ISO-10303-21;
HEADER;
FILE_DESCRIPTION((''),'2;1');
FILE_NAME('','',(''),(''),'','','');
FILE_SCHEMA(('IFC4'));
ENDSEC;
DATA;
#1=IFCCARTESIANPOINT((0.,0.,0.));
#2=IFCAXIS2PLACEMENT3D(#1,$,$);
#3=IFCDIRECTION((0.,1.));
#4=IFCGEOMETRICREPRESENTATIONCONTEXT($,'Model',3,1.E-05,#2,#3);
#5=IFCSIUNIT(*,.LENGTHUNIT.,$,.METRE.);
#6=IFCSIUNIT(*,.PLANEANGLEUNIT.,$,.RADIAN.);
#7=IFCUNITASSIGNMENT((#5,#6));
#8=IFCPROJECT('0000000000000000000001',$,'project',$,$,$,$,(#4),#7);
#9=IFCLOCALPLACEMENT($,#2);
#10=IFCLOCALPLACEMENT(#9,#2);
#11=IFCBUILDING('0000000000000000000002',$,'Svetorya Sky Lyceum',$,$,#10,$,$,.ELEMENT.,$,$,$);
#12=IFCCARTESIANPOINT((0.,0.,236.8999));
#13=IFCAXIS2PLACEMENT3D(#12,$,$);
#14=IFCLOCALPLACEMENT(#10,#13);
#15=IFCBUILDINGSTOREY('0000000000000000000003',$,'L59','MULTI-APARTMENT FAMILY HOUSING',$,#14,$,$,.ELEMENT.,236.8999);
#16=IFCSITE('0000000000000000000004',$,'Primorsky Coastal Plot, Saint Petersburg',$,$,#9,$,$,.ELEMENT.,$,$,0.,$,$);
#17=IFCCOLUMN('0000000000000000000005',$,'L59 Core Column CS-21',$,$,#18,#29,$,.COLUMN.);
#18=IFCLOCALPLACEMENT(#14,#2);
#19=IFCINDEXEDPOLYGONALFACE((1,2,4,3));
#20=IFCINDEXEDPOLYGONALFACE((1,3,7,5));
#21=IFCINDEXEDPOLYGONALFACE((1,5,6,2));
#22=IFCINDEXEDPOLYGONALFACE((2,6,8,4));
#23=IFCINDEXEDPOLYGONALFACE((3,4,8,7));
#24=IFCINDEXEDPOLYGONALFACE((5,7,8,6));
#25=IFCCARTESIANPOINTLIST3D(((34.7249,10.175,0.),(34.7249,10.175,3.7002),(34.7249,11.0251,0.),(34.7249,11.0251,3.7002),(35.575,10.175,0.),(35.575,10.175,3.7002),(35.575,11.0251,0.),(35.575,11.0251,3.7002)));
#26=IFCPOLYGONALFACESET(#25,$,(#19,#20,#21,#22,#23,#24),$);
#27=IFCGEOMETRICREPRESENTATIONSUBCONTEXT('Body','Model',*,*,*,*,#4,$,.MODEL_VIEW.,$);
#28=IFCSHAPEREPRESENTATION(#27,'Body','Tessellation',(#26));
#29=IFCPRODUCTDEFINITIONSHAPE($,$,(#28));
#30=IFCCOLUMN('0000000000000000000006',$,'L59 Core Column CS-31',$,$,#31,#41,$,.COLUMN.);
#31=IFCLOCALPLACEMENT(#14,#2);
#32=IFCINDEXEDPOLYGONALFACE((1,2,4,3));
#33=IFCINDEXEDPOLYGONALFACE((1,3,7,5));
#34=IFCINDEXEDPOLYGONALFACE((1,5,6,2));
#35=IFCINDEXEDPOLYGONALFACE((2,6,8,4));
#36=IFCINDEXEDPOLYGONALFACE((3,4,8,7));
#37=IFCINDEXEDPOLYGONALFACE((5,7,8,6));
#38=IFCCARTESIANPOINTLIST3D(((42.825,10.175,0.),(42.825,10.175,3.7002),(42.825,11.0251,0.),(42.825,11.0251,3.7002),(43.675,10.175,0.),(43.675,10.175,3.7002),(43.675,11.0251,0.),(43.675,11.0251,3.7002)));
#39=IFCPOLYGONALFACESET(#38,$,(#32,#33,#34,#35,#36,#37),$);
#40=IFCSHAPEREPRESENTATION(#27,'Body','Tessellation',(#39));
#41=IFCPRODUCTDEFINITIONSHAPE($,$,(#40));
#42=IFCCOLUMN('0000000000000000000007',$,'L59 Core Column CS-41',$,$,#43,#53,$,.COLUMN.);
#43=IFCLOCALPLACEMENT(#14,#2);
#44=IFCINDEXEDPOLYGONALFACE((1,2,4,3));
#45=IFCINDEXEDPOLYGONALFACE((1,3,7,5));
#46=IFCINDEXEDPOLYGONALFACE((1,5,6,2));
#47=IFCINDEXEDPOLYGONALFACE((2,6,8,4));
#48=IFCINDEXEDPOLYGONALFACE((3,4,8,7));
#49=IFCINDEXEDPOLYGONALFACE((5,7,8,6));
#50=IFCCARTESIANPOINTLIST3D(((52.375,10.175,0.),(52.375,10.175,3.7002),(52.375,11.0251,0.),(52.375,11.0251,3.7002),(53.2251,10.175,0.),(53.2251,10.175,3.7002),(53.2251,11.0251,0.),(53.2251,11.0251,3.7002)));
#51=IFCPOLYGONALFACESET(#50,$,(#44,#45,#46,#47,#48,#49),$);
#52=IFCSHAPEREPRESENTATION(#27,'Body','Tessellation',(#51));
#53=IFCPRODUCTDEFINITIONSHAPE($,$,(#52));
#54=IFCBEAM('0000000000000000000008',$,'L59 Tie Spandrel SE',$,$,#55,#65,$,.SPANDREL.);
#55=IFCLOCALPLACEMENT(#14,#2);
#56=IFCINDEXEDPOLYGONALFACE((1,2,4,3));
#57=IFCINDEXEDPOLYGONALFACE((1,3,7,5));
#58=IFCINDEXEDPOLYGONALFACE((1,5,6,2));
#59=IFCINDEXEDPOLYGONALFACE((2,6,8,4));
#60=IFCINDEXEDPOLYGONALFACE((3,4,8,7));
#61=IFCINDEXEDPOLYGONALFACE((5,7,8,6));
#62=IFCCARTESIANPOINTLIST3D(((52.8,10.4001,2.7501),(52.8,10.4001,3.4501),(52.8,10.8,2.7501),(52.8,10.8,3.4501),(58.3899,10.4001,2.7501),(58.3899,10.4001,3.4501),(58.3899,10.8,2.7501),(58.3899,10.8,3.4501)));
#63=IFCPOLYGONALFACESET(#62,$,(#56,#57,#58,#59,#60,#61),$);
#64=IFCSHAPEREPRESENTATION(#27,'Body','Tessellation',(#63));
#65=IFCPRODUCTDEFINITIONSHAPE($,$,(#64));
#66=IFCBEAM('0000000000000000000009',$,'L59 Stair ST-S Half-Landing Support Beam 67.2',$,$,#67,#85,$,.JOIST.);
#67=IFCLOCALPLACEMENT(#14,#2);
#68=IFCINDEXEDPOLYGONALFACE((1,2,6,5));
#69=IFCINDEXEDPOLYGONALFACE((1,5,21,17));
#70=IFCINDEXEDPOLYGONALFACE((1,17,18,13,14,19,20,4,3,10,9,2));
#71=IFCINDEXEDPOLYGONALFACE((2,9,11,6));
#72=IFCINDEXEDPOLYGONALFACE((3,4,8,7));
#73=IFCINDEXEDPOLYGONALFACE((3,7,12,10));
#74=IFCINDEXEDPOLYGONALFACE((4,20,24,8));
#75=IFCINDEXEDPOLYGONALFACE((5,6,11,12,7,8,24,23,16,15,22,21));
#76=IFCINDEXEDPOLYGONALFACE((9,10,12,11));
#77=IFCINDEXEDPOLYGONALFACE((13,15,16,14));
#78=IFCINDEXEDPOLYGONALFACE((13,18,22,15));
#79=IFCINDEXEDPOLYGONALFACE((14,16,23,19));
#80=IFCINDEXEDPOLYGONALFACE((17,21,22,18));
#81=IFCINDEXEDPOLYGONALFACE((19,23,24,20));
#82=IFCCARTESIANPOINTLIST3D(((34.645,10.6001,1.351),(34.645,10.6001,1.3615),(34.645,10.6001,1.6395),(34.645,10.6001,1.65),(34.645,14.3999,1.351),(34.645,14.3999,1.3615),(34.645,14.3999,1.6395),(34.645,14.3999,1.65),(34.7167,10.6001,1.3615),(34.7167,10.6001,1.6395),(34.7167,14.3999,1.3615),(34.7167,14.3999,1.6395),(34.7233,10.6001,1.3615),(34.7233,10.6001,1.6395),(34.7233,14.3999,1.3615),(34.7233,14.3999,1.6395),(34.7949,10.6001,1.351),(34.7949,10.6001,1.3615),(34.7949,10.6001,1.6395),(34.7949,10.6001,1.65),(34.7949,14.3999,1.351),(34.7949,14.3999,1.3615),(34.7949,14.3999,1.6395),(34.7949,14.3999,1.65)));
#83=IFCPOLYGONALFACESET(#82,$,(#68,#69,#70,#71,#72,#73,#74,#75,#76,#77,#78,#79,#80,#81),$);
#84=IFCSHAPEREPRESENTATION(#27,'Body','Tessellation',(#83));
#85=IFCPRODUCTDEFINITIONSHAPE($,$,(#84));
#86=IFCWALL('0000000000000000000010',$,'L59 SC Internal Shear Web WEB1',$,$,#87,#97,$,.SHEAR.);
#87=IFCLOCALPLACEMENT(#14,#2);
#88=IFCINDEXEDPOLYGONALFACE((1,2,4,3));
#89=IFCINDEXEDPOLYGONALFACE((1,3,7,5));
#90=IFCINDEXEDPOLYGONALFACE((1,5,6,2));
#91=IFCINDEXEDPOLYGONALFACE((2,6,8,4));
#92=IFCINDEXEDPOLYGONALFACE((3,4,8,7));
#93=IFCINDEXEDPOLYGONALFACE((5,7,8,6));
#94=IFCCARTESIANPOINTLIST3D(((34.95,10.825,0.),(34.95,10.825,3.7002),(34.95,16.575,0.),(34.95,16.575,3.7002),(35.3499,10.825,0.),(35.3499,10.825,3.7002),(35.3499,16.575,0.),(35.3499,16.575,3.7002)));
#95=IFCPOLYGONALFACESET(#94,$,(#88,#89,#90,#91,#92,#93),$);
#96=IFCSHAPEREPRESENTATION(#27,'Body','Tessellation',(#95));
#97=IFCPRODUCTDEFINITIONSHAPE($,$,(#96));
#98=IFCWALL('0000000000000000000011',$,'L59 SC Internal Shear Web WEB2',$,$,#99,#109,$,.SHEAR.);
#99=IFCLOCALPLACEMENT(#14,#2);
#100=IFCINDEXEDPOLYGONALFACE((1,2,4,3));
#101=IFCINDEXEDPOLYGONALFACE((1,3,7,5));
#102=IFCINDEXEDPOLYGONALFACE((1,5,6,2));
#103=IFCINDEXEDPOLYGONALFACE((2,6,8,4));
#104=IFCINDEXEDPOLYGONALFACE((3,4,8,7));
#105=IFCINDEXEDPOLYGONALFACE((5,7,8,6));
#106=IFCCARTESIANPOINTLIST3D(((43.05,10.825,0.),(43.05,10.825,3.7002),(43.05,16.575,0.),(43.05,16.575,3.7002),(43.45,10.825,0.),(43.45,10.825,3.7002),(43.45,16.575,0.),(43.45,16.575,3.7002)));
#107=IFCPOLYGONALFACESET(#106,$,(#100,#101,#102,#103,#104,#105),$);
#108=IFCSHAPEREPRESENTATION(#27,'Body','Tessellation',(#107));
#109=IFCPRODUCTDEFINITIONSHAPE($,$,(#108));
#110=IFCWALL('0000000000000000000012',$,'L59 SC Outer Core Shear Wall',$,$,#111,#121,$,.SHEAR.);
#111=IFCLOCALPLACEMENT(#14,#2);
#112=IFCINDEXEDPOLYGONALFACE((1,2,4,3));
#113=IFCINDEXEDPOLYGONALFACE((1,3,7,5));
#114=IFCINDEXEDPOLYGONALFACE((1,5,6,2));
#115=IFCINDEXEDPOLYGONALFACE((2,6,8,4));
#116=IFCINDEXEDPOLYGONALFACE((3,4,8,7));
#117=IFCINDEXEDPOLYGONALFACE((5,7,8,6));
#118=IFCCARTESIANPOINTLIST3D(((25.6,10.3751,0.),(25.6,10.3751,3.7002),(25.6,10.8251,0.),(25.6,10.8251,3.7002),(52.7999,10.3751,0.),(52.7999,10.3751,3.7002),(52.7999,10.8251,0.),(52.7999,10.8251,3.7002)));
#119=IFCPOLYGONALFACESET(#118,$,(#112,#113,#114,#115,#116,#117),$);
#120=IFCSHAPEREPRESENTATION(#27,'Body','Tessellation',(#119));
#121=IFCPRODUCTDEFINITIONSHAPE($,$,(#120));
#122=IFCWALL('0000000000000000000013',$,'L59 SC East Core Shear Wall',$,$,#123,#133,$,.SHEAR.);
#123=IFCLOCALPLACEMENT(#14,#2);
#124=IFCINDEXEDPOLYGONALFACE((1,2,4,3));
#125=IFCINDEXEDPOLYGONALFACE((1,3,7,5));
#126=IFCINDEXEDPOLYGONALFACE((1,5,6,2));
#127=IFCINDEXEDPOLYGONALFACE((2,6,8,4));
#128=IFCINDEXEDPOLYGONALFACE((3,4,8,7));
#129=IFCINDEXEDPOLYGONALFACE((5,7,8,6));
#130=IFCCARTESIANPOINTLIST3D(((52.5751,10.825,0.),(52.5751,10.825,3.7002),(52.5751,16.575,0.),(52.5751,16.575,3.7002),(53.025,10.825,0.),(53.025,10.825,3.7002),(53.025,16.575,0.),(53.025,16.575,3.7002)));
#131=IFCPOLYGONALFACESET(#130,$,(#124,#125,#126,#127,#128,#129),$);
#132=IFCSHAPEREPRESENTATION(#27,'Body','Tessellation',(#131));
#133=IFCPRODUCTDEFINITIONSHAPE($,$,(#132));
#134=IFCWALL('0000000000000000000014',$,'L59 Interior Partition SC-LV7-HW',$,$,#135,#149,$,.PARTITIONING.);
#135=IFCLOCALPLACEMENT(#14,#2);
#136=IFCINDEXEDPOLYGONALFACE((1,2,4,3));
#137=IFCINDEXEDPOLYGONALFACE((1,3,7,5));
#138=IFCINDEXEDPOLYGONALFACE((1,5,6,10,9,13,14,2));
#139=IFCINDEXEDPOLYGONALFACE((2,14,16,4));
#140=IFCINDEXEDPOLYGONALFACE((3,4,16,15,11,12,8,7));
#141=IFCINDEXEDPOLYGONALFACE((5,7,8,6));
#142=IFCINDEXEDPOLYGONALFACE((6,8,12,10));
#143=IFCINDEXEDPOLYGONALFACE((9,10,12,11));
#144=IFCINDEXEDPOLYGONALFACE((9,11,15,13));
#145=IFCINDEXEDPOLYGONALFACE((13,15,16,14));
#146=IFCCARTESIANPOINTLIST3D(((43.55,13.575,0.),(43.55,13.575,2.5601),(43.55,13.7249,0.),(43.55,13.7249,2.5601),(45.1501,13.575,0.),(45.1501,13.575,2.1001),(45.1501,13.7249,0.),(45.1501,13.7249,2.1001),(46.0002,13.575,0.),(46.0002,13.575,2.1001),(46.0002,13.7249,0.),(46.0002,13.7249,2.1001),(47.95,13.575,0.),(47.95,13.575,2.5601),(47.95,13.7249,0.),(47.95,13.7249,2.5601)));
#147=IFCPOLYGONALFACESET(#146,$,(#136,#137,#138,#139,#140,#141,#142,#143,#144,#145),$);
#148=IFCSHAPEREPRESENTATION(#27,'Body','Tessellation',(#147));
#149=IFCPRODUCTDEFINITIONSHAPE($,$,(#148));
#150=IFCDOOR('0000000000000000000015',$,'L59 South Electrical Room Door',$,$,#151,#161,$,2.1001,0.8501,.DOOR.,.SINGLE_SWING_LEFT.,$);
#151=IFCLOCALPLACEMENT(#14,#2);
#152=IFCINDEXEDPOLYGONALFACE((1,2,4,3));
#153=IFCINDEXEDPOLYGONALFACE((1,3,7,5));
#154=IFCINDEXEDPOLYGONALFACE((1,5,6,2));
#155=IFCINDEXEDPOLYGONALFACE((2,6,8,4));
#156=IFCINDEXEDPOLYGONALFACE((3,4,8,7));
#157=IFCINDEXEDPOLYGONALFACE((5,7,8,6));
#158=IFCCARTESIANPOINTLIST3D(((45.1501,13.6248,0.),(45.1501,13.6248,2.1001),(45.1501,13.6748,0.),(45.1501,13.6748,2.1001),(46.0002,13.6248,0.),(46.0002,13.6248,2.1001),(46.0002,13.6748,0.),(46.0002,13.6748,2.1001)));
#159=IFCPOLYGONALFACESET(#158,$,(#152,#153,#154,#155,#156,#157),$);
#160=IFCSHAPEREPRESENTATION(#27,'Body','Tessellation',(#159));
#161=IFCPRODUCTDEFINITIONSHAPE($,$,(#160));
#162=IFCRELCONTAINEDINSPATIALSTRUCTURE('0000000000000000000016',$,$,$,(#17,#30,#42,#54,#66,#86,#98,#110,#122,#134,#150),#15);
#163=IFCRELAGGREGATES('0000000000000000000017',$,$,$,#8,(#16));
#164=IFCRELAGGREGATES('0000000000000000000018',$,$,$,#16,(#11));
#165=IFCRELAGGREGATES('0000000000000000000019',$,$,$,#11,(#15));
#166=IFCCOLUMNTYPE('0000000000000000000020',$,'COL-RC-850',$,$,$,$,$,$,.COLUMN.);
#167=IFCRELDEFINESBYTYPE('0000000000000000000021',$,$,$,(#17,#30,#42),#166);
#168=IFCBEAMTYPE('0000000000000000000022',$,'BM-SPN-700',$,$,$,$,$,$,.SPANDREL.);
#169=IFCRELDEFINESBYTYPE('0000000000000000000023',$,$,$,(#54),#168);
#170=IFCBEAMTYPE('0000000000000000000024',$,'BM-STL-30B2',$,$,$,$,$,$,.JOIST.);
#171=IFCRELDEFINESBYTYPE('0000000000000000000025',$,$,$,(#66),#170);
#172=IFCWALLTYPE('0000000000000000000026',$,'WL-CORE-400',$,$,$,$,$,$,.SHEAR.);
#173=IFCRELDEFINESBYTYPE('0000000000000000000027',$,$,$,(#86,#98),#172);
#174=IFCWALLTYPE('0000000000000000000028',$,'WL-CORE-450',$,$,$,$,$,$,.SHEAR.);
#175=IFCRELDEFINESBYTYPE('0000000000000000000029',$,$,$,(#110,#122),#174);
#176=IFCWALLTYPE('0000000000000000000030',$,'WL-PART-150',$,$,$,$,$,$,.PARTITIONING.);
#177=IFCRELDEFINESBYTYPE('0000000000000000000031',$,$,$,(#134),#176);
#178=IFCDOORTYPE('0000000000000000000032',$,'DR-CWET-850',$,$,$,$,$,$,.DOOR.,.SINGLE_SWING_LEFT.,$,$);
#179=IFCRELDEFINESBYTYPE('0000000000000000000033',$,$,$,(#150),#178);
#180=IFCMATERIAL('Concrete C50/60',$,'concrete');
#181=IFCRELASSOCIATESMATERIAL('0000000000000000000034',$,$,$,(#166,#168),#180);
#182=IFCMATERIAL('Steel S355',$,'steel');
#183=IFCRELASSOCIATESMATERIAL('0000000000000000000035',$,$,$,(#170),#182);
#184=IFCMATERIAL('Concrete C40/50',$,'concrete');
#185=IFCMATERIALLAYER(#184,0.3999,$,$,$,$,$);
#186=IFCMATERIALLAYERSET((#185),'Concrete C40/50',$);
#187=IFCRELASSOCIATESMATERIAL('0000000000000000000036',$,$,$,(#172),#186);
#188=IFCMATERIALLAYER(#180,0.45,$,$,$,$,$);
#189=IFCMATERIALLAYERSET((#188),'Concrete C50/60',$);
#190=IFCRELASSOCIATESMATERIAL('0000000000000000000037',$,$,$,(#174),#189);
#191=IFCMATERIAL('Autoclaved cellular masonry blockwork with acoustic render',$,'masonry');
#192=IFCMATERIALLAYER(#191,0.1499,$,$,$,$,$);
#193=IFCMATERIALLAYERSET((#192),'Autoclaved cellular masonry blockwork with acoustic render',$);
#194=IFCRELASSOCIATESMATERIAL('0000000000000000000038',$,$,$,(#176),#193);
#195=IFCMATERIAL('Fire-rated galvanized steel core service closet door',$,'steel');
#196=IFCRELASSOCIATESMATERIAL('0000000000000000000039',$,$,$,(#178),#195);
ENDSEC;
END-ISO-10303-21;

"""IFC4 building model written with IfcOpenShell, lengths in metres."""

from ifc_helpers import new_model, si_unit, direction, frame, frame_2d, origin, origin_2d, place, context, subcontext, project, spatial, rectangle, i_section, extrude, material, layer, layer_set, material_profile, profile_set, type_object, element, fill, save


model = new_model("IFC4")

# Units and contexts
model_context = context("Model", 3, precision=1e-05, world=origin(), true_north=direction((0.0, 1.0)))
body_context = subcontext(model_context, "Body", "Model", "MODEL_VIEW")
ifc_project = project(units=[si_unit("LENGTHUNIT", "METRE"), si_unit("PLANEANGLEUNIT", "RADIAN")], contexts=[model_context])

# Site, building, storey
site_placement = place(None, origin())
site = spatial("IfcSite", under=ifc_project, at=site_placement, Name="Primorsky Coastal Plot, Saint Petersburg", CompositionType="ELEMENT", RefElevation=0.0)
building_placement = place(site_placement, origin())
building = spatial("IfcBuilding", under=site, at=building_placement, Name="Svetorya Sky Lyceum", CompositionType="ELEMENT")
storey_placement = place(building_placement, frame((0.0, 0.0, 236.8999)))
storey = spatial("IfcBuildingStorey", under=building, at=storey_placement, Name="L59", Description="MULTI-APARTMENT FAMILY HOUSING", CompositionType="ELEMENT", Elevation=236.8999)

# Columns
ifc_material_1 = material(Name="Concrete C50/60", Category="concrete")
ifc_material_profile_1 = material_profile(ifc_material_1, rectangle(XDim=0.8501, YDim=0.8501, at=origin_2d()), Name="RC COL 850x850")
ifc_profile_set_1 = profile_set([ifc_material_profile_1], Name="Concrete C50/60")
column_type = type_object("IfcColumnType", Name="COL-RC-850", PredefinedType="COLUMN", material=ifc_profile_set_1)
for number, where, z_axis, x_axis, name in (
    (1, (35.1499, 10.6001, 0.0), (0.0, 0.0, 1.0), (1.0, 0.0, 0.0), "L59 Core Column CS-21"),
    (2, (43.25, 10.6001, 0.0), (0.0, 0.0, 1.0), (1.0, 0.0, 0.0), "L59 Core Column CS-31"),
    (3, (52.8, 10.6001, 0.0), (0.0, 0.0, 1.0), (1.0, 0.0, 0.0), "L59 Core Column CS-41"),
):
    element("IfcColumn", number, at=place(storey_placement, frame(where, z_axis=z_axis, x_axis=x_axis)), inside=storey, type_object=column_type, Name=name, PredefinedType="COLUMN", context=body_context, shape_type="SweptSolid", body=[
        extrude(rectangle(XDim=0.8501, YDim=0.8501, at=origin_2d()), origin(), (0.0, 0.0, 1.0), 3.7002),
    ])

# Beams
ifc_material_profile_2 = material_profile(ifc_material_1, rectangle(XDim=0.3999, YDim=0.7, at=origin_2d()), Name="RC SPANDREL 400x700")
ifc_profile_set_2 = profile_set([ifc_material_profile_2], Name="Concrete C50/60")
beam_type_1 = type_object("IfcBeamType", Name="BM-SPN-700", PredefinedType="SPANDREL", material=ifc_profile_set_2)
beam_1_placement = place(storey_placement, frame((52.8, 10.6001, 3.1001), z_axis=(1.0, 0.0, 0.0), x_axis=(0.0, 1.0, 0.0)))
element("IfcBeam", 4, at=beam_1_placement, inside=storey, type_object=beam_type_1, Name="L59 Tie Spandrel SE", PredefinedType="SPANDREL", context=body_context, shape_type="SweptSolid", body=[
    extrude(rectangle(XDim=0.3999, YDim=0.7, at=origin_2d()), origin(), (0.0, 0.0, 1.0), 5.5898),
])
ifc_material_2 = material(Name="Steel S355", Category="steel")
ifc_material_profile_3 = material_profile(ifc_material_2, i_section(OverallWidth=0.1499, OverallDepth=0.2991, WebThickness=0.0066, FlangeThickness=0.0105, at=origin_2d()), Name="GOST 30B2")
ifc_profile_set_3 = profile_set([ifc_material_profile_3], Name="Steel S355")
beam_type_2 = type_object("IfcBeamType", Name="BM-STL-30B2", PredefinedType="JOIST", material=ifc_profile_set_3)
beam_2_placement = place(storey_placement, frame((34.72, 10.6001, 1.5005), z_axis=(0.0, 1.0, 0.0), x_axis=(-1.0, 0.0, 0.0)))
element("IfcBeam", 5, at=beam_2_placement, inside=storey, type_object=beam_type_2, Name="L59 Stair ST-S Half-Landing Support Beam 67.2", PredefinedType="JOIST", context=body_context, shape_type="SweptSolid", body=[
    extrude(i_section(OverallWidth=0.1499, OverallDepth=0.2991, WebThickness=0.0066, FlangeThickness=0.0105, at=origin_2d()), origin(), (0.0, 0.0, 1.0), 3.7998),
])

# Walls
ifc_material_3 = material(Name="Concrete C40/50", Category="concrete")
ifc_layer_1 = layer(ifc_material_3, 0.3999)
ifc_layer_set_1 = layer_set([ifc_layer_1], Name="Concrete C40/50")
wall_type_1 = type_object("IfcWallType", Name="WL-CORE-400", PredefinedType="SHEAR", material=ifc_layer_set_1)
for number, where, z_axis, x_axis, name in (
    (6, (35.1499, 10.825, 0.0), (0.0, 0.0, 1.0), (0.0, 1.0, 0.0), "L59 SC Internal Shear Web WEB1"),
    (7, (43.25, 10.825, 0.0), (0.0, 0.0, 1.0), (0.0, 1.0, 0.0), "L59 SC Internal Shear Web WEB2"),
):
    element("IfcWall", number, at=place(storey_placement, frame(where, z_axis=z_axis, x_axis=x_axis)), inside=storey, type_object=wall_type_1, Name=name, PredefinedType="SHEAR", context=body_context, shape_type="SweptSolid", body=[
        extrude(rectangle(XDim=5.75, YDim=0.3999, at=frame_2d((2.875, 0.0))), origin(), (0.0, 0.0, 1.0), 3.7002),
    ])
ifc_layer_2 = layer(ifc_material_1, 0.45)
ifc_layer_set_2 = layer_set([ifc_layer_2], Name="Concrete C50/60")
wall_type_2 = type_object("IfcWallType", Name="WL-CORE-450", PredefinedType="SHEAR", material=ifc_layer_set_2)
wall_1_placement = place(storey_placement, frame((52.8, 10.6001, 0.0), z_axis=(0.0, 0.0, 1.0), x_axis=(-1.0, 0.0, 0.0)))
element("IfcWall", 8, at=wall_1_placement, inside=storey, type_object=wall_type_2, Name="L59 SC Outer Core Shear Wall", PredefinedType="SHEAR", context=body_context, shape_type="SweptSolid", body=[
    extrude(rectangle(XDim=27.2, YDim=0.45, at=frame_2d((13.6001, 0.0))), origin(), (0.0, 0.0, 1.0), 3.7002),
])
wall_2_placement = place(storey_placement, frame((52.8, 10.825, 0.0), z_axis=(0.0, 0.0, 1.0), x_axis=(0.0, 1.0, 0.0)))
element("IfcWall", 9, at=wall_2_placement, inside=storey, type_object=wall_type_2, Name="L59 SC East Core Shear Wall", PredefinedType="SHEAR", context=body_context, shape_type="SweptSolid", body=[
    extrude(rectangle(XDim=5.75, YDim=0.45, at=frame_2d((2.875, 0.0))), origin(), (0.0, 0.0, 1.0), 3.7002),
])

# Wall, opening, door
ifc_material_4 = material(Name="Autoclaved cellular masonry blockwork with acoustic render", Category="masonry")
ifc_layer_3 = layer(ifc_material_4, 0.1499)
ifc_layer_set_3 = layer_set([ifc_layer_3], Name="Autoclaved cellular masonry blockwork with acoustic render")
wall_type_3 = type_object("IfcWallType", Name="WL-PART-150", PredefinedType="PARTITIONING", material=ifc_layer_set_3)
wall_3_placement = place(storey_placement, frame((43.55, 13.6499, 0.0), z_axis=(0.0, 0.0, 1.0), x_axis=(1.0, 0.0, 0.0)))
wall_3 = element("IfcWall", 10, at=wall_3_placement, inside=storey, type_object=wall_type_3, Name="L59 Interior Partition SC-LV7-HW", PredefinedType="PARTITIONING", context=body_context, shape_type="SweptSolid", body=[
    extrude(rectangle(XDim=4.3999, YDim=0.1499, at=frame_2d((2.2, 0.0))), origin(), (0.0, 0.0, 1.0), 2.5601),
])
opening_1_placement = place(wall_3_placement, frame((1.6001, 0.0, 0.0)))
opening_1 = element("IfcOpeningElement", 11, at=opening_1_placement, cuts=wall_3, PredefinedType="OPENING", context=body_context, shape_type="SweptSolid", body=[
    extrude(rectangle(XDim=0.8501, YDim=2.1001, at=frame_2d((0.425, 1.05))), frame((0.0, 0.085, 0.0), z_axis=(0.0, -1.0, 0.0), x_axis=(1.0, 0.0, 0.0)), (0.0, 0.0, 1.0), 0.1699),
])
ifc_material_5 = material(Name="Fire-rated galvanized steel core service closet door", Category="steel")
door_type = type_object("IfcDoorType", Name="DR-CWET-850", OperationType="SINGLE_SWING_LEFT", PredefinedType="DOOR", material=ifc_material_5)
door_1_placement = place(opening_1_placement, origin())
door_1 = element("IfcDoor", 12, at=door_1_placement, inside=storey, type_object=door_type, Name="L59 South Electrical Room Door", OperationType="SINGLE_SWING_LEFT", OverallHeight=2.1001, OverallWidth=0.8501, PredefinedType="DOOR", context=body_context, shape_type="SweptSolid", body=[
    extrude(rectangle(XDim=0.8501, YDim=2.1001, at=frame_2d((0.425, 1.05))), frame((0.0, 0.0249, 0.0), z_axis=(0.0, -1.0, 0.0), x_axis=(1.0, 0.0, 0.0)), (0.0, 0.0, 1.0), 0.05),
])
fill(opening_1, door_1)

save(model, "model.ifc")
